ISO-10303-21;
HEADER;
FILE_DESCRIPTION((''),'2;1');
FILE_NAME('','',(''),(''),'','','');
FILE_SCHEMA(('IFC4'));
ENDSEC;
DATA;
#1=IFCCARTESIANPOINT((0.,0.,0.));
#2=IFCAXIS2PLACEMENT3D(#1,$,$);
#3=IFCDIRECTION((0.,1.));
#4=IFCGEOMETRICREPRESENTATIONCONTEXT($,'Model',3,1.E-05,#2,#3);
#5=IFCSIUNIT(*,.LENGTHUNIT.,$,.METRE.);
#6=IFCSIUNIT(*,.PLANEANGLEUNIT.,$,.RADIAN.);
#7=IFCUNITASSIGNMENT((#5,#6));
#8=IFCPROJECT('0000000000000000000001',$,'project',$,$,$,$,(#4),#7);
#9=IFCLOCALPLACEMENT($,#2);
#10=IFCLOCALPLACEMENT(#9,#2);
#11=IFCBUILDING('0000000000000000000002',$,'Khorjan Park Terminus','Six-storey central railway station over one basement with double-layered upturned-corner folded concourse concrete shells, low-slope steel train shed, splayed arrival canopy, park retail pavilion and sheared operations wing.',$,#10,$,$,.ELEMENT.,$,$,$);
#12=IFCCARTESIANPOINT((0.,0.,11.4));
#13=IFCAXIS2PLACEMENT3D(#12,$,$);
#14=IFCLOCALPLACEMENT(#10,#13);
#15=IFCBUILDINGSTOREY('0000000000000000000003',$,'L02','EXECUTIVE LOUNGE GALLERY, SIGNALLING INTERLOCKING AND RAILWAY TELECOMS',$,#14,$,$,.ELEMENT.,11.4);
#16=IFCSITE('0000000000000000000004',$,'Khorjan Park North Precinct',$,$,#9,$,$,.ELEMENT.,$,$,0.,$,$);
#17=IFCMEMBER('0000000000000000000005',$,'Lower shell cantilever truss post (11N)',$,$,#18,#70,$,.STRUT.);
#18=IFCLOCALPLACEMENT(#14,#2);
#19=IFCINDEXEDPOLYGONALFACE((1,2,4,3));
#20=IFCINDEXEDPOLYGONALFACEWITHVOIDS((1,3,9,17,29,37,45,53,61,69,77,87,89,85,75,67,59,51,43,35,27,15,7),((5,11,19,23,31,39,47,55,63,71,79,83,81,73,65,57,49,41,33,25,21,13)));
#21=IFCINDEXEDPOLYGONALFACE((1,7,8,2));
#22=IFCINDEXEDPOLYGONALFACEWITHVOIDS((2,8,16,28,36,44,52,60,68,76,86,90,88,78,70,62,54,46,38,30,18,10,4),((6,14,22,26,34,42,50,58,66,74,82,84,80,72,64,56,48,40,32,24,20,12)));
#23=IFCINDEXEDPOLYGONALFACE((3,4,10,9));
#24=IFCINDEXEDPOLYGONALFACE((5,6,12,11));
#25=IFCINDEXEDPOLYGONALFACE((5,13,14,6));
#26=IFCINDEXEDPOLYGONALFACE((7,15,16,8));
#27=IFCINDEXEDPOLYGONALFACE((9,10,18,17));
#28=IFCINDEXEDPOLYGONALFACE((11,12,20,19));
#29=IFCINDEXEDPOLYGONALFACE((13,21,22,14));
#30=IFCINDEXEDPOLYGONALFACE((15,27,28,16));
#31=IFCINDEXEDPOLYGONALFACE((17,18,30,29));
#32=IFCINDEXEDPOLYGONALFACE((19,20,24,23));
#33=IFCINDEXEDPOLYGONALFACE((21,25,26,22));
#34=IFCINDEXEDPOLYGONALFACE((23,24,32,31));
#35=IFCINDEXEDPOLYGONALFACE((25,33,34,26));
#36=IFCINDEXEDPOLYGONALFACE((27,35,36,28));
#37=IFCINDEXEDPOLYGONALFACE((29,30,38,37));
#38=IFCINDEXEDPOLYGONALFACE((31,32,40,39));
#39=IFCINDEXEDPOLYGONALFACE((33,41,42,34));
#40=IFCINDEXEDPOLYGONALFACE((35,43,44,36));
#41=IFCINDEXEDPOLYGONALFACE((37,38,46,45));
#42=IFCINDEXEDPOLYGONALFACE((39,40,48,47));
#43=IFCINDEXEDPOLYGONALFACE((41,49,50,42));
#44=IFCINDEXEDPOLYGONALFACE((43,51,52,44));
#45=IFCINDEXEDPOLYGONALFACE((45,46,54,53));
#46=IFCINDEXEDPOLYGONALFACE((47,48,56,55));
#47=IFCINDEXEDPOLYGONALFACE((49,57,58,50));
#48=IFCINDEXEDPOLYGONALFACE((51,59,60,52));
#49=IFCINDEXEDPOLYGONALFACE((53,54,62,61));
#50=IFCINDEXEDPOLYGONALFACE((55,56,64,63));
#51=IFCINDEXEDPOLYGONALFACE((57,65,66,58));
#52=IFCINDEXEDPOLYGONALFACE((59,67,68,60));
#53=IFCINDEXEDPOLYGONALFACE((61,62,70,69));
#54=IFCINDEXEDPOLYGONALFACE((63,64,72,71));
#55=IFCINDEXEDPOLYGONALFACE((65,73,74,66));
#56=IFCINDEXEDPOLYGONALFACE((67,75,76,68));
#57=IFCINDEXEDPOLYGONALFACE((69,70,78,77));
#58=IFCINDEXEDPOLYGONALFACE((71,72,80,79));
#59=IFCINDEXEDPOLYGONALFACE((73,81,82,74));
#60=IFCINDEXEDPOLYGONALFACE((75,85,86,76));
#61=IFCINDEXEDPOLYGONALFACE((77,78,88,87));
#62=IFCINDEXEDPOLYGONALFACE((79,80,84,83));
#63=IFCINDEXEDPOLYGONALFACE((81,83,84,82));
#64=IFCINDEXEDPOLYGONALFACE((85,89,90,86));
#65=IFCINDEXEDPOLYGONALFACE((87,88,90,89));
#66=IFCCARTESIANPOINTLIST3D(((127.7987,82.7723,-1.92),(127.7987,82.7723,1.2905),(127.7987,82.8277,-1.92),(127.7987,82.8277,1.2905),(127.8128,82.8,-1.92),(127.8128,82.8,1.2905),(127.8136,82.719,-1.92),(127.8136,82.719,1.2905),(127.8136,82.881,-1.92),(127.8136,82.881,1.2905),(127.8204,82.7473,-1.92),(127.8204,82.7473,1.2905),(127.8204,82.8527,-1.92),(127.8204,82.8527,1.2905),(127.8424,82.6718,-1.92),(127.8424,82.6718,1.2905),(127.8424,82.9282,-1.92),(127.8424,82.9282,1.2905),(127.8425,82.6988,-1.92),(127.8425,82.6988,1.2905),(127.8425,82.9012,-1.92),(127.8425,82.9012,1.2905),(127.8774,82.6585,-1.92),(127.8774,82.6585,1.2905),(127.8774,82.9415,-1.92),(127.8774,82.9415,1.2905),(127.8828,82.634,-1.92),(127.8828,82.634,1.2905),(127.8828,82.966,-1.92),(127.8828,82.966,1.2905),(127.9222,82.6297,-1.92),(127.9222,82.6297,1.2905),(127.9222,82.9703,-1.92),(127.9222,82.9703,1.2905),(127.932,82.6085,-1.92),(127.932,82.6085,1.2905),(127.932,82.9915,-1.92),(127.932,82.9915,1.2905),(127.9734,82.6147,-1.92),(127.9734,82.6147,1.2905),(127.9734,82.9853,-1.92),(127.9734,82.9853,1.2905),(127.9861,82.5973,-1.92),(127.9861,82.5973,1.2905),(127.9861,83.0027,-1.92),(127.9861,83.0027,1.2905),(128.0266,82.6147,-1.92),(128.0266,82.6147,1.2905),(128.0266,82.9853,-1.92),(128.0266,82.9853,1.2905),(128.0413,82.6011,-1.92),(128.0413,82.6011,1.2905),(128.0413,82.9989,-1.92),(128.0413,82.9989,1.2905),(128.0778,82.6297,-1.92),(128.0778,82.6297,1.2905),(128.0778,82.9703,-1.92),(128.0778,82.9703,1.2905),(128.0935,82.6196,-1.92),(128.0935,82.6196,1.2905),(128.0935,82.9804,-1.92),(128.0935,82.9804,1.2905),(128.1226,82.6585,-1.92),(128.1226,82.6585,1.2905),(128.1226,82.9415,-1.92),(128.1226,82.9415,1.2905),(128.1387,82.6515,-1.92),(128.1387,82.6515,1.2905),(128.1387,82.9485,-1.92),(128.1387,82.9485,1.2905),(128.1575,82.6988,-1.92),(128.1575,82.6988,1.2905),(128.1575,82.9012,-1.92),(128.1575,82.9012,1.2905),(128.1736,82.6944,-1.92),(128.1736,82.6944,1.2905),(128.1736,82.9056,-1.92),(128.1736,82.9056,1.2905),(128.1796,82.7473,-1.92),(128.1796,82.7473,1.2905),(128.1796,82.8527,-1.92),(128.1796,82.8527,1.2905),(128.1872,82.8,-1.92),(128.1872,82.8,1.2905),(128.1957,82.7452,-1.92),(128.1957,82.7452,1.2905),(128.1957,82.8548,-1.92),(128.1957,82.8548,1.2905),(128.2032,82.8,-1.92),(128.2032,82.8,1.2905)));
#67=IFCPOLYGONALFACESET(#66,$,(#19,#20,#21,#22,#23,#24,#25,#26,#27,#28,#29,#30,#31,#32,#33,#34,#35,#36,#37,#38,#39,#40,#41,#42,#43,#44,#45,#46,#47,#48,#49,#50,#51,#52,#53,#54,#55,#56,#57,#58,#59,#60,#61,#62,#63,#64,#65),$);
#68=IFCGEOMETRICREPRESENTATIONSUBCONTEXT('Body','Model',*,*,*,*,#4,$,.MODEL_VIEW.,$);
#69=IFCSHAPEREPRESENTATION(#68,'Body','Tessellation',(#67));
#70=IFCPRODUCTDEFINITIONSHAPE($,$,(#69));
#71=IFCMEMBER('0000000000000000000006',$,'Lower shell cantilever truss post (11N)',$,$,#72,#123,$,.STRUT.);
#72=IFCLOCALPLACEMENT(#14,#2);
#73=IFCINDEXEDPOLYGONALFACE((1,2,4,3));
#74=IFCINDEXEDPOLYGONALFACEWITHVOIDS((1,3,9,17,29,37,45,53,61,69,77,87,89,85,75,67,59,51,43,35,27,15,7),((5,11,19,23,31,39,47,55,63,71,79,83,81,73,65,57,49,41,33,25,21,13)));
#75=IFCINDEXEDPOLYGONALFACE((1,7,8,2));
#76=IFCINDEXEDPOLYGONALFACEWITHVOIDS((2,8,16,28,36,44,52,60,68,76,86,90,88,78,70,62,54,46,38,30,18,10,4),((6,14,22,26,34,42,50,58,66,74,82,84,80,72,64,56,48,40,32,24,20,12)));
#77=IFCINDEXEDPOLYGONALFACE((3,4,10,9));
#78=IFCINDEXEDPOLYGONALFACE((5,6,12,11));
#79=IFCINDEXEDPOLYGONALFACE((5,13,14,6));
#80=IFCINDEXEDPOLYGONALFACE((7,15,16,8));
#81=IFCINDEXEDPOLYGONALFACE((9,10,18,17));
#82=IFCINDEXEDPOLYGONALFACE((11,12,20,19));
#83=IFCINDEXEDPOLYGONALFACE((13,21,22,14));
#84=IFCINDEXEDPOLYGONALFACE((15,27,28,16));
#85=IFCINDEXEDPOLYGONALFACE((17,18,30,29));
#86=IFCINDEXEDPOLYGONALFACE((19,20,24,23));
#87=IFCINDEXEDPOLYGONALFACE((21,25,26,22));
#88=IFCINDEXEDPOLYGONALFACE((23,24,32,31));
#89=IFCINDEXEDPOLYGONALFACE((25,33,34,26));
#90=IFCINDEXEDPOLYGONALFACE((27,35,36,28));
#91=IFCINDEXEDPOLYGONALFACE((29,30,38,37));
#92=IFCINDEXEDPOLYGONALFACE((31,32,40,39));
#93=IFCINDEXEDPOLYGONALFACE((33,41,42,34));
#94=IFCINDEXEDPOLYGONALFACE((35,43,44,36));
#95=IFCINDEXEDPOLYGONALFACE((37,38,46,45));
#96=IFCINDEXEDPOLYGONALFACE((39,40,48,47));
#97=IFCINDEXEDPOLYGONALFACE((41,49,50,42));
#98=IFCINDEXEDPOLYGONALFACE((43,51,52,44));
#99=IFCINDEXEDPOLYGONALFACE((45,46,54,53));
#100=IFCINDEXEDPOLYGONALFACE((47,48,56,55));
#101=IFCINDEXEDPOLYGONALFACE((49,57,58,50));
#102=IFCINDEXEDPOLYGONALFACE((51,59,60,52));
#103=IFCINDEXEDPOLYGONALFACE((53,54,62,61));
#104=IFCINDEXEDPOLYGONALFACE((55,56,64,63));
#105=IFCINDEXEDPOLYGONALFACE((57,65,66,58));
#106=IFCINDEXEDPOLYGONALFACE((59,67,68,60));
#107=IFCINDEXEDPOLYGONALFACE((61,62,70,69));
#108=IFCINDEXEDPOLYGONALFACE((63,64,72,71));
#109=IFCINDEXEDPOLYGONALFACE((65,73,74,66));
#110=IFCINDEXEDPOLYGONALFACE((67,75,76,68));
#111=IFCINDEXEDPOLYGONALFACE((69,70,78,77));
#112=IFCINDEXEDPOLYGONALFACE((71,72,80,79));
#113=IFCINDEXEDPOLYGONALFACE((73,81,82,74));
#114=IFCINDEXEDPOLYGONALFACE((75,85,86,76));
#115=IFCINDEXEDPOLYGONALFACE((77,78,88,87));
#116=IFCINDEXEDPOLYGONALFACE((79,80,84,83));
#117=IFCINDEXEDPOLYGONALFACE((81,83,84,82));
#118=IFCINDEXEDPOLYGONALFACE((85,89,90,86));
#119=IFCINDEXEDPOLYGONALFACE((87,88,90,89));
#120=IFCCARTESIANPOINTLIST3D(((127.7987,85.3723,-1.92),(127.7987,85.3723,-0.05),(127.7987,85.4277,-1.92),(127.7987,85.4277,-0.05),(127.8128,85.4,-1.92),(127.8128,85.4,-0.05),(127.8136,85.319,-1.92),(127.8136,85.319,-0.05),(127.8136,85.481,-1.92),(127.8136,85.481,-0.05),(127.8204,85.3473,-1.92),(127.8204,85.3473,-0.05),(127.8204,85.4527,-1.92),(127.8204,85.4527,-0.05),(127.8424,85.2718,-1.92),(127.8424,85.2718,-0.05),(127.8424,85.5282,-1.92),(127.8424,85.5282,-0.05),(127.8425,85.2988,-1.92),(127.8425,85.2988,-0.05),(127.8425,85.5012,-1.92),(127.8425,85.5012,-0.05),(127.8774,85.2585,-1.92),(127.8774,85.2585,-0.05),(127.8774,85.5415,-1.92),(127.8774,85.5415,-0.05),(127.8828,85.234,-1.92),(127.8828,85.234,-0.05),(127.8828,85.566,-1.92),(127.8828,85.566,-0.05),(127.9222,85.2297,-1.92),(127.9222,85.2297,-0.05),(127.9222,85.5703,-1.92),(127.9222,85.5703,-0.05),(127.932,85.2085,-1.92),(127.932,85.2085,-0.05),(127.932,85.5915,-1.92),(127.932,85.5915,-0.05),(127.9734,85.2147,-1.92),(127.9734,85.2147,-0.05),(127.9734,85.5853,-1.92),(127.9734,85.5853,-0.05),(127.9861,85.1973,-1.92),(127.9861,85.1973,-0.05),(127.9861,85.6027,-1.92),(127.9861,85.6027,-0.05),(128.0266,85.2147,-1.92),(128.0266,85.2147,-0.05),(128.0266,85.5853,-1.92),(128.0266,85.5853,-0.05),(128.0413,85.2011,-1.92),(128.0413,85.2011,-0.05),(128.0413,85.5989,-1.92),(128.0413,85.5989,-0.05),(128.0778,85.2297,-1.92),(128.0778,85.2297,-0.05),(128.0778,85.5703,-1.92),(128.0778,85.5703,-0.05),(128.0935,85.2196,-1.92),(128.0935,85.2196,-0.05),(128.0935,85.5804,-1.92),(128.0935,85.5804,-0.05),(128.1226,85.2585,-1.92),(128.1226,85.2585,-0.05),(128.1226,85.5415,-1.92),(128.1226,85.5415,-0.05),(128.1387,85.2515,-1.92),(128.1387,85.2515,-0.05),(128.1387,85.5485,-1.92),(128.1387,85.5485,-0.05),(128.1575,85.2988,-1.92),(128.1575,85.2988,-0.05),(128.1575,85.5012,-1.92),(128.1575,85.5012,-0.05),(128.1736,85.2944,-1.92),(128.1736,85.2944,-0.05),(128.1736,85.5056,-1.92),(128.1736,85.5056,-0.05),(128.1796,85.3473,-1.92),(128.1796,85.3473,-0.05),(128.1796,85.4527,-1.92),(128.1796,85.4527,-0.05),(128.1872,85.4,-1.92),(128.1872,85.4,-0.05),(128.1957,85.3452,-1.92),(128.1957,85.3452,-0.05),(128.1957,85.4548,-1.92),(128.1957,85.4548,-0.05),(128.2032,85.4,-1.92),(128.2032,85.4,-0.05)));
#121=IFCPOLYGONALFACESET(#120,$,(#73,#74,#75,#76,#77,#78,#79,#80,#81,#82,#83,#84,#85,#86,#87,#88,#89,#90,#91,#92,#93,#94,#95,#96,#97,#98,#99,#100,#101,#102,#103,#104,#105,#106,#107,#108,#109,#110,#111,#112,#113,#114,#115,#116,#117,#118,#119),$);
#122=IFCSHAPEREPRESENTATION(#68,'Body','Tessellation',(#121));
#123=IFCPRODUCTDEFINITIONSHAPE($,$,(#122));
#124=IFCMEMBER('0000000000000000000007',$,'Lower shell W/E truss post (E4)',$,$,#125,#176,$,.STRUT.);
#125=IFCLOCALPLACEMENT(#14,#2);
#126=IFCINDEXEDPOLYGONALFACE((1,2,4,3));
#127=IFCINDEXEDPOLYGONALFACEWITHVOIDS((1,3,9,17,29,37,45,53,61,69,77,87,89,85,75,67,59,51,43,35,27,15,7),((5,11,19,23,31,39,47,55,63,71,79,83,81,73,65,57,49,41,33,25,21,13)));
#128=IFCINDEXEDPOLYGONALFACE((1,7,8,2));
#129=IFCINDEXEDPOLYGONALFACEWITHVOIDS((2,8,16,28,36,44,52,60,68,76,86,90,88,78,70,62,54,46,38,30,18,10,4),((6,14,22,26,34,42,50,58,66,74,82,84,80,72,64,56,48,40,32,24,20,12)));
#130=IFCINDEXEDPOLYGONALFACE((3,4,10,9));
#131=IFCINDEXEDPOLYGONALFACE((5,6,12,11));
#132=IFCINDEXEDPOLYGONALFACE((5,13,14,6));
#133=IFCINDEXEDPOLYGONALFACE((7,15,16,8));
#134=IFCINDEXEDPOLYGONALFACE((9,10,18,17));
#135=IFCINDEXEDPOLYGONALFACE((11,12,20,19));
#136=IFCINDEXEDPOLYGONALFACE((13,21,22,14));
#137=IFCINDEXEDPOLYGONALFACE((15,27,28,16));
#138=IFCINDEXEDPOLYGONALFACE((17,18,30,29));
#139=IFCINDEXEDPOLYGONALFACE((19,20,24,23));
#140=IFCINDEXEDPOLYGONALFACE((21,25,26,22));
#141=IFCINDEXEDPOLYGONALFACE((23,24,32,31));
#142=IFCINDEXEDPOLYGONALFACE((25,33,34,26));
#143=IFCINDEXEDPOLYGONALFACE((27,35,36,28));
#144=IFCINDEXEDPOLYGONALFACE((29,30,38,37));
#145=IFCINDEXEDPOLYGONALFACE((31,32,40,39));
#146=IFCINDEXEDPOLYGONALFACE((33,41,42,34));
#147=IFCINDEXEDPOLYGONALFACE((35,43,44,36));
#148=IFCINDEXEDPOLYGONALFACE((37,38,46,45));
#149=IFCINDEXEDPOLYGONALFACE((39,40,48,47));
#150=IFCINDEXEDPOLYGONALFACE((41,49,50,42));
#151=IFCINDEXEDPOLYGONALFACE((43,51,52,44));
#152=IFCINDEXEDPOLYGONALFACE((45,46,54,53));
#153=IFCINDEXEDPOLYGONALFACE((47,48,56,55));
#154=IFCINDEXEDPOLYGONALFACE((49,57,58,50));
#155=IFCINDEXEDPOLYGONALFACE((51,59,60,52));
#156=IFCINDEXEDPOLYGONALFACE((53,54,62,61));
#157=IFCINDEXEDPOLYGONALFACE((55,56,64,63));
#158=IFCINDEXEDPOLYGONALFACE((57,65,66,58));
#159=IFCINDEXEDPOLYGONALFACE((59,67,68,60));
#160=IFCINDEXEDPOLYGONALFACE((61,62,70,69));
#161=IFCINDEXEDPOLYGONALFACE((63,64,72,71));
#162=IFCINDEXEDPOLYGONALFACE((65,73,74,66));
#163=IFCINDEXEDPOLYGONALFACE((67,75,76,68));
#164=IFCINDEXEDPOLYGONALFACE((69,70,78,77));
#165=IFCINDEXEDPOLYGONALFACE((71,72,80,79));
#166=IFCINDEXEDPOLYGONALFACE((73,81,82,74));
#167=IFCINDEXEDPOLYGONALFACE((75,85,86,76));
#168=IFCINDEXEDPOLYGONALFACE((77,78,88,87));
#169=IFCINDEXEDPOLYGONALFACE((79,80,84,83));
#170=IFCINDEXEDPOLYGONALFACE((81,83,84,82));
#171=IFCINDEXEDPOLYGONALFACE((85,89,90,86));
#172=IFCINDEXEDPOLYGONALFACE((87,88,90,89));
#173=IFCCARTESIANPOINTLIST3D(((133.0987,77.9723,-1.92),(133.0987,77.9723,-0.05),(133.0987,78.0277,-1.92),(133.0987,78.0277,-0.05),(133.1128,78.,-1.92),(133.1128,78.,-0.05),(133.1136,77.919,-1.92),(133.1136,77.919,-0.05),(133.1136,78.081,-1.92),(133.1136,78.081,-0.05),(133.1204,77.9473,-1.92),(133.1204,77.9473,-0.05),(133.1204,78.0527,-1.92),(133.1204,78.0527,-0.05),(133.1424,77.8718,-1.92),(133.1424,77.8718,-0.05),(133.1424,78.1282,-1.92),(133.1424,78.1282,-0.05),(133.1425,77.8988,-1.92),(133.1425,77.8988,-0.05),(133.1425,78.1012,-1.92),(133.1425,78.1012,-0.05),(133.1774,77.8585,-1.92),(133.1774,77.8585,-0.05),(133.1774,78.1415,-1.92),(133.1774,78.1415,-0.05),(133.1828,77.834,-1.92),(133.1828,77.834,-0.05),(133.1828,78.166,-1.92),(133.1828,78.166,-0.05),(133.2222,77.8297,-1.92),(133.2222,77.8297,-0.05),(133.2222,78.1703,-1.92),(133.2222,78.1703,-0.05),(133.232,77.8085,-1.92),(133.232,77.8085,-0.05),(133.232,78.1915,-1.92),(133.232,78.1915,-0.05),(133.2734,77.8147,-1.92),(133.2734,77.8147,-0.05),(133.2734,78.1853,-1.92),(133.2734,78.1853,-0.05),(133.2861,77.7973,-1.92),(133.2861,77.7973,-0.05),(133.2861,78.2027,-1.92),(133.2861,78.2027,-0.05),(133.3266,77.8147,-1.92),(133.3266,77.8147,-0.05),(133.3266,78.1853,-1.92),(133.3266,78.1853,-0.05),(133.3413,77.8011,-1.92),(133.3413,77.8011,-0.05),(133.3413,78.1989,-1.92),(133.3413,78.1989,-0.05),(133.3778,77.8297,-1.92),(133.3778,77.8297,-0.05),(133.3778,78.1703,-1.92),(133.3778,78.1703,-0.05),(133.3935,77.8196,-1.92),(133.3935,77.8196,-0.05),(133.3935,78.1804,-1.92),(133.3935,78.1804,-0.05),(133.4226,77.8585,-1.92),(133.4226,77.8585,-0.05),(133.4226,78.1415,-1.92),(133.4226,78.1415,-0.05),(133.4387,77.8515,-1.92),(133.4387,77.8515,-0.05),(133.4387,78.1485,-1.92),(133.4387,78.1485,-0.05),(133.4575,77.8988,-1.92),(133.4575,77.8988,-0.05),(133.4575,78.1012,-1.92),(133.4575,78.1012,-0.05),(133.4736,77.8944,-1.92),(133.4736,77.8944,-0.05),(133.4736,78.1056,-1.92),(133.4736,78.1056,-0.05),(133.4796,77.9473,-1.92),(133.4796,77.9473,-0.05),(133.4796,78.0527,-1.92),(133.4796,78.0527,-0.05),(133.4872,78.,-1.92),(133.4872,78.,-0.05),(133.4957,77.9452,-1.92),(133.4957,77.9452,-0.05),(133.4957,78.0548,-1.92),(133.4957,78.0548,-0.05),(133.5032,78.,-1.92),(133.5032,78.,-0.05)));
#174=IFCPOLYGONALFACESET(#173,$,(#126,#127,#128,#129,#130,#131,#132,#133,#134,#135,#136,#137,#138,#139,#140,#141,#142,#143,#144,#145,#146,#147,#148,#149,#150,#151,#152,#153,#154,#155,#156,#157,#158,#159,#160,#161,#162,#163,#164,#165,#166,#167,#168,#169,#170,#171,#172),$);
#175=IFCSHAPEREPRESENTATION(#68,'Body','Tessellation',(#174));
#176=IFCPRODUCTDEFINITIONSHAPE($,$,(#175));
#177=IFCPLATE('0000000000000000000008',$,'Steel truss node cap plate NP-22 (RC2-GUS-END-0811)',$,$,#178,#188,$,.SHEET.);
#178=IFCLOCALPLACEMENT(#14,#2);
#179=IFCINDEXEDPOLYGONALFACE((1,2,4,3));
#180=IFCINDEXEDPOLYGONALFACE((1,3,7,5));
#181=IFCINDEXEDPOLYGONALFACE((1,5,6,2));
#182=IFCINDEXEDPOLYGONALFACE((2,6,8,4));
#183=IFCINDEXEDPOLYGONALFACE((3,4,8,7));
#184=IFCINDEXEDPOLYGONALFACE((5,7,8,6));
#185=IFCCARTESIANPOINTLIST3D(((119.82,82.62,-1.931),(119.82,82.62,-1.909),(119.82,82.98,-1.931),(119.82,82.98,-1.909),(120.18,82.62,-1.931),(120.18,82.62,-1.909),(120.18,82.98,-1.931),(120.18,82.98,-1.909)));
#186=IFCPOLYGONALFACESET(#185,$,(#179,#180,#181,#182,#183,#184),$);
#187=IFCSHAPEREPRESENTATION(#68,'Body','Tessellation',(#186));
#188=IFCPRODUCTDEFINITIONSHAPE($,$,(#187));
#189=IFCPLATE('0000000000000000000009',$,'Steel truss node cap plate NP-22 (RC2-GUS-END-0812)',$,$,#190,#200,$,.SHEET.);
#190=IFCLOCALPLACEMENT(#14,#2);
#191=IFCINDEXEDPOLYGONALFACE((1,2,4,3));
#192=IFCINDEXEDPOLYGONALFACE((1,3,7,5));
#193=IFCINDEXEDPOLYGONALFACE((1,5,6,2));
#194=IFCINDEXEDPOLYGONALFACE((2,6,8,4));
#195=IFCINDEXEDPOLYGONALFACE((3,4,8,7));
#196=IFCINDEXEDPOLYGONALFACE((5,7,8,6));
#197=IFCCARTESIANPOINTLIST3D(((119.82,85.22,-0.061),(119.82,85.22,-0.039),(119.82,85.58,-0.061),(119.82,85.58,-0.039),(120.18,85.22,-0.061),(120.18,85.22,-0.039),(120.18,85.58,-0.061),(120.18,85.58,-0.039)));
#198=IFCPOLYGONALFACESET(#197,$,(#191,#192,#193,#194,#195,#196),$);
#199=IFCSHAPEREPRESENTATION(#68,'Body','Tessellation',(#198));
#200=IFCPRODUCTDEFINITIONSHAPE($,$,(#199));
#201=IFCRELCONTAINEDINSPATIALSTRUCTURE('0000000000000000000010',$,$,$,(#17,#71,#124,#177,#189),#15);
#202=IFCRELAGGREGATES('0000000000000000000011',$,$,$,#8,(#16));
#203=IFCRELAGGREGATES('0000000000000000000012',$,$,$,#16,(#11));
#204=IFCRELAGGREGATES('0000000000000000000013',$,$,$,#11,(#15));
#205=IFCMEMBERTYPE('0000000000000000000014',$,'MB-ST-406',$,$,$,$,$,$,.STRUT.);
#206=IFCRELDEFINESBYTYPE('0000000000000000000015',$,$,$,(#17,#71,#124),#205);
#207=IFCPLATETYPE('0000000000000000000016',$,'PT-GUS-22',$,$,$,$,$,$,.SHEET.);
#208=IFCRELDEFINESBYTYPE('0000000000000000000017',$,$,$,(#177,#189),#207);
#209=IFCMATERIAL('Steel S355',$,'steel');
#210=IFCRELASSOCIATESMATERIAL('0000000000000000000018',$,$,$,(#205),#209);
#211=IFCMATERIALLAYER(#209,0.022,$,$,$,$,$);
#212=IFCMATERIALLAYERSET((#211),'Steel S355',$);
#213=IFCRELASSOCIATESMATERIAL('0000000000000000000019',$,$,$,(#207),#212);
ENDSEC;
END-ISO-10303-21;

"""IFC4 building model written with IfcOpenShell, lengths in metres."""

from ifc_helpers import new_model, si_unit, direction, frame, origin, origin_2d, place, context, subcontext, project, spatial, rectangle, hollow_circle, extrude, material, layer, layer_set, material_profile, profile_set, type_object, element, save


model = new_model("IFC4")

# Units and contexts
model_context = context("Model", 3, precision=1e-05, world=origin(), true_north=direction((0.0, 1.0)))
body_context = subcontext(model_context, "Body", "Model", "MODEL_VIEW")
ifc_project = project(units=[si_unit("LENGTHUNIT", "METRE"), si_unit("PLANEANGLEUNIT", "RADIAN")], contexts=[model_context])

# Site, building, storey
site_placement = place(None, origin())
site = spatial("IfcSite", under=ifc_project, at=site_placement, Name="Khorjan Park North Precinct", CompositionType="ELEMENT", RefElevation=0.0)
building_placement = place(site_placement, origin())
building = spatial("IfcBuilding", under=site, at=building_placement, Name="Khorjan Park Terminus", Description="Six-storey central railway station over one basement with double-layered upturned-corner folded concourse concrete shells, low-slope steel train shed, splayed arrival canopy, park retail pavilion and sheared operations wing.", CompositionType="ELEMENT")
storey_placement = place(building_placement, frame((0.0, 0.0, 11.4)))
storey = spatial("IfcBuildingStorey", under=building, at=storey_placement, Name="L02", Description="EXECUTIVE LOUNGE GALLERY, SIGNALLING INTERLOCKING AND RAILWAY TELECOMS", CompositionType="ELEMENT", Elevation=11.4)

# Members
ifc_material_1 = material(Name="Steel S355", Category="steel")
ifc_material_profile_1 = material_profile(ifc_material_1, hollow_circle(Radius=0.2032, WallThickness=0.016, at=origin_2d()), Name="CHS 406.4x16")
ifc_profile_set_1 = profile_set([ifc_material_profile_1], Name="Steel S355")
member_type_1 = type_object("IfcMemberType", Name="MB-ST-406", PredefinedType="STRUT", material=ifc_profile_set_1)
member_1_placement = place(storey_placement, frame((128.0, 82.8, -1.92), z_axis=(0.0, 0.0, 1.0), x_axis=(1.0, 0.0, 0.0)))
element("IfcMember", 1, at=member_1_placement, inside=storey, type_object=member_type_1, Name="Lower shell cantilever truss post (11N)", PredefinedType="STRUT", context=body_context, shape_type="SweptSolid", body=[
    extrude(hollow_circle(Radius=0.2032, WallThickness=0.016, at=origin_2d()), origin(), (0.0, 0.0, 1.0), 3.2105),
])
for number, where, z_axis, x_axis, name in (
    (2, (128.0, 85.4, -1.92), (0.0, 0.0, 1.0), (1.0, 0.0, 0.0), "Lower shell cantilever truss post (11N)"),
    (3, (133.3, 78.0, -1.92), (0.0, 0.0, 1.0), (1.0, 0.0, 0.0), "Lower shell W/E truss post (E4)"),
):
    element("IfcMember", number, at=place(storey_placement, frame(where, z_axis=z_axis, x_axis=x_axis)), inside=storey, type_object=member_type_1, Name=name, PredefinedType="STRUT", context=body_context, shape_type="SweptSolid", body=[
        extrude(hollow_circle(Radius=0.2032, WallThickness=0.016, at=origin_2d()), origin(), (0.0, 0.0, 1.0), 1.87),
    ])

# Plates
ifc_layer_1 = layer(ifc_material_1, 0.022)
ifc_layer_set_1 = layer_set([ifc_layer_1], Name="Steel S355")
plate_type = type_object("IfcPlateType", Name="PT-GUS-22", PredefinedType="SHEET", material=ifc_layer_set_1)
for number, where, z_axis, x_axis, name in (
    (4, (120.0, 82.8, -1.931), (0.0, 0.0, 1.0), (1.0, 0.0, 0.0), "Steel truss node cap plate NP-22 (RC2-GUS-END-0811)"),
    (5, (120.0, 85.4, -0.061), (0.0, 0.0, 1.0), (1.0, 0.0, 0.0), "Steel truss node cap plate NP-22 (RC2-GUS-END-0812)"),
):
    element("IfcPlate", number, at=place(storey_placement, frame(where, z_axis=z_axis, x_axis=x_axis)), inside=storey, type_object=plate_type, Name=name, PredefinedType="SHEET", context=body_context, shape_type="SweptSolid", body=[
        extrude(rectangle(XDim=0.36, YDim=0.36, at=origin_2d()), origin(), (0.0, 0.0, 1.0), 0.022),
    ])

save(model, "model.ifc")
